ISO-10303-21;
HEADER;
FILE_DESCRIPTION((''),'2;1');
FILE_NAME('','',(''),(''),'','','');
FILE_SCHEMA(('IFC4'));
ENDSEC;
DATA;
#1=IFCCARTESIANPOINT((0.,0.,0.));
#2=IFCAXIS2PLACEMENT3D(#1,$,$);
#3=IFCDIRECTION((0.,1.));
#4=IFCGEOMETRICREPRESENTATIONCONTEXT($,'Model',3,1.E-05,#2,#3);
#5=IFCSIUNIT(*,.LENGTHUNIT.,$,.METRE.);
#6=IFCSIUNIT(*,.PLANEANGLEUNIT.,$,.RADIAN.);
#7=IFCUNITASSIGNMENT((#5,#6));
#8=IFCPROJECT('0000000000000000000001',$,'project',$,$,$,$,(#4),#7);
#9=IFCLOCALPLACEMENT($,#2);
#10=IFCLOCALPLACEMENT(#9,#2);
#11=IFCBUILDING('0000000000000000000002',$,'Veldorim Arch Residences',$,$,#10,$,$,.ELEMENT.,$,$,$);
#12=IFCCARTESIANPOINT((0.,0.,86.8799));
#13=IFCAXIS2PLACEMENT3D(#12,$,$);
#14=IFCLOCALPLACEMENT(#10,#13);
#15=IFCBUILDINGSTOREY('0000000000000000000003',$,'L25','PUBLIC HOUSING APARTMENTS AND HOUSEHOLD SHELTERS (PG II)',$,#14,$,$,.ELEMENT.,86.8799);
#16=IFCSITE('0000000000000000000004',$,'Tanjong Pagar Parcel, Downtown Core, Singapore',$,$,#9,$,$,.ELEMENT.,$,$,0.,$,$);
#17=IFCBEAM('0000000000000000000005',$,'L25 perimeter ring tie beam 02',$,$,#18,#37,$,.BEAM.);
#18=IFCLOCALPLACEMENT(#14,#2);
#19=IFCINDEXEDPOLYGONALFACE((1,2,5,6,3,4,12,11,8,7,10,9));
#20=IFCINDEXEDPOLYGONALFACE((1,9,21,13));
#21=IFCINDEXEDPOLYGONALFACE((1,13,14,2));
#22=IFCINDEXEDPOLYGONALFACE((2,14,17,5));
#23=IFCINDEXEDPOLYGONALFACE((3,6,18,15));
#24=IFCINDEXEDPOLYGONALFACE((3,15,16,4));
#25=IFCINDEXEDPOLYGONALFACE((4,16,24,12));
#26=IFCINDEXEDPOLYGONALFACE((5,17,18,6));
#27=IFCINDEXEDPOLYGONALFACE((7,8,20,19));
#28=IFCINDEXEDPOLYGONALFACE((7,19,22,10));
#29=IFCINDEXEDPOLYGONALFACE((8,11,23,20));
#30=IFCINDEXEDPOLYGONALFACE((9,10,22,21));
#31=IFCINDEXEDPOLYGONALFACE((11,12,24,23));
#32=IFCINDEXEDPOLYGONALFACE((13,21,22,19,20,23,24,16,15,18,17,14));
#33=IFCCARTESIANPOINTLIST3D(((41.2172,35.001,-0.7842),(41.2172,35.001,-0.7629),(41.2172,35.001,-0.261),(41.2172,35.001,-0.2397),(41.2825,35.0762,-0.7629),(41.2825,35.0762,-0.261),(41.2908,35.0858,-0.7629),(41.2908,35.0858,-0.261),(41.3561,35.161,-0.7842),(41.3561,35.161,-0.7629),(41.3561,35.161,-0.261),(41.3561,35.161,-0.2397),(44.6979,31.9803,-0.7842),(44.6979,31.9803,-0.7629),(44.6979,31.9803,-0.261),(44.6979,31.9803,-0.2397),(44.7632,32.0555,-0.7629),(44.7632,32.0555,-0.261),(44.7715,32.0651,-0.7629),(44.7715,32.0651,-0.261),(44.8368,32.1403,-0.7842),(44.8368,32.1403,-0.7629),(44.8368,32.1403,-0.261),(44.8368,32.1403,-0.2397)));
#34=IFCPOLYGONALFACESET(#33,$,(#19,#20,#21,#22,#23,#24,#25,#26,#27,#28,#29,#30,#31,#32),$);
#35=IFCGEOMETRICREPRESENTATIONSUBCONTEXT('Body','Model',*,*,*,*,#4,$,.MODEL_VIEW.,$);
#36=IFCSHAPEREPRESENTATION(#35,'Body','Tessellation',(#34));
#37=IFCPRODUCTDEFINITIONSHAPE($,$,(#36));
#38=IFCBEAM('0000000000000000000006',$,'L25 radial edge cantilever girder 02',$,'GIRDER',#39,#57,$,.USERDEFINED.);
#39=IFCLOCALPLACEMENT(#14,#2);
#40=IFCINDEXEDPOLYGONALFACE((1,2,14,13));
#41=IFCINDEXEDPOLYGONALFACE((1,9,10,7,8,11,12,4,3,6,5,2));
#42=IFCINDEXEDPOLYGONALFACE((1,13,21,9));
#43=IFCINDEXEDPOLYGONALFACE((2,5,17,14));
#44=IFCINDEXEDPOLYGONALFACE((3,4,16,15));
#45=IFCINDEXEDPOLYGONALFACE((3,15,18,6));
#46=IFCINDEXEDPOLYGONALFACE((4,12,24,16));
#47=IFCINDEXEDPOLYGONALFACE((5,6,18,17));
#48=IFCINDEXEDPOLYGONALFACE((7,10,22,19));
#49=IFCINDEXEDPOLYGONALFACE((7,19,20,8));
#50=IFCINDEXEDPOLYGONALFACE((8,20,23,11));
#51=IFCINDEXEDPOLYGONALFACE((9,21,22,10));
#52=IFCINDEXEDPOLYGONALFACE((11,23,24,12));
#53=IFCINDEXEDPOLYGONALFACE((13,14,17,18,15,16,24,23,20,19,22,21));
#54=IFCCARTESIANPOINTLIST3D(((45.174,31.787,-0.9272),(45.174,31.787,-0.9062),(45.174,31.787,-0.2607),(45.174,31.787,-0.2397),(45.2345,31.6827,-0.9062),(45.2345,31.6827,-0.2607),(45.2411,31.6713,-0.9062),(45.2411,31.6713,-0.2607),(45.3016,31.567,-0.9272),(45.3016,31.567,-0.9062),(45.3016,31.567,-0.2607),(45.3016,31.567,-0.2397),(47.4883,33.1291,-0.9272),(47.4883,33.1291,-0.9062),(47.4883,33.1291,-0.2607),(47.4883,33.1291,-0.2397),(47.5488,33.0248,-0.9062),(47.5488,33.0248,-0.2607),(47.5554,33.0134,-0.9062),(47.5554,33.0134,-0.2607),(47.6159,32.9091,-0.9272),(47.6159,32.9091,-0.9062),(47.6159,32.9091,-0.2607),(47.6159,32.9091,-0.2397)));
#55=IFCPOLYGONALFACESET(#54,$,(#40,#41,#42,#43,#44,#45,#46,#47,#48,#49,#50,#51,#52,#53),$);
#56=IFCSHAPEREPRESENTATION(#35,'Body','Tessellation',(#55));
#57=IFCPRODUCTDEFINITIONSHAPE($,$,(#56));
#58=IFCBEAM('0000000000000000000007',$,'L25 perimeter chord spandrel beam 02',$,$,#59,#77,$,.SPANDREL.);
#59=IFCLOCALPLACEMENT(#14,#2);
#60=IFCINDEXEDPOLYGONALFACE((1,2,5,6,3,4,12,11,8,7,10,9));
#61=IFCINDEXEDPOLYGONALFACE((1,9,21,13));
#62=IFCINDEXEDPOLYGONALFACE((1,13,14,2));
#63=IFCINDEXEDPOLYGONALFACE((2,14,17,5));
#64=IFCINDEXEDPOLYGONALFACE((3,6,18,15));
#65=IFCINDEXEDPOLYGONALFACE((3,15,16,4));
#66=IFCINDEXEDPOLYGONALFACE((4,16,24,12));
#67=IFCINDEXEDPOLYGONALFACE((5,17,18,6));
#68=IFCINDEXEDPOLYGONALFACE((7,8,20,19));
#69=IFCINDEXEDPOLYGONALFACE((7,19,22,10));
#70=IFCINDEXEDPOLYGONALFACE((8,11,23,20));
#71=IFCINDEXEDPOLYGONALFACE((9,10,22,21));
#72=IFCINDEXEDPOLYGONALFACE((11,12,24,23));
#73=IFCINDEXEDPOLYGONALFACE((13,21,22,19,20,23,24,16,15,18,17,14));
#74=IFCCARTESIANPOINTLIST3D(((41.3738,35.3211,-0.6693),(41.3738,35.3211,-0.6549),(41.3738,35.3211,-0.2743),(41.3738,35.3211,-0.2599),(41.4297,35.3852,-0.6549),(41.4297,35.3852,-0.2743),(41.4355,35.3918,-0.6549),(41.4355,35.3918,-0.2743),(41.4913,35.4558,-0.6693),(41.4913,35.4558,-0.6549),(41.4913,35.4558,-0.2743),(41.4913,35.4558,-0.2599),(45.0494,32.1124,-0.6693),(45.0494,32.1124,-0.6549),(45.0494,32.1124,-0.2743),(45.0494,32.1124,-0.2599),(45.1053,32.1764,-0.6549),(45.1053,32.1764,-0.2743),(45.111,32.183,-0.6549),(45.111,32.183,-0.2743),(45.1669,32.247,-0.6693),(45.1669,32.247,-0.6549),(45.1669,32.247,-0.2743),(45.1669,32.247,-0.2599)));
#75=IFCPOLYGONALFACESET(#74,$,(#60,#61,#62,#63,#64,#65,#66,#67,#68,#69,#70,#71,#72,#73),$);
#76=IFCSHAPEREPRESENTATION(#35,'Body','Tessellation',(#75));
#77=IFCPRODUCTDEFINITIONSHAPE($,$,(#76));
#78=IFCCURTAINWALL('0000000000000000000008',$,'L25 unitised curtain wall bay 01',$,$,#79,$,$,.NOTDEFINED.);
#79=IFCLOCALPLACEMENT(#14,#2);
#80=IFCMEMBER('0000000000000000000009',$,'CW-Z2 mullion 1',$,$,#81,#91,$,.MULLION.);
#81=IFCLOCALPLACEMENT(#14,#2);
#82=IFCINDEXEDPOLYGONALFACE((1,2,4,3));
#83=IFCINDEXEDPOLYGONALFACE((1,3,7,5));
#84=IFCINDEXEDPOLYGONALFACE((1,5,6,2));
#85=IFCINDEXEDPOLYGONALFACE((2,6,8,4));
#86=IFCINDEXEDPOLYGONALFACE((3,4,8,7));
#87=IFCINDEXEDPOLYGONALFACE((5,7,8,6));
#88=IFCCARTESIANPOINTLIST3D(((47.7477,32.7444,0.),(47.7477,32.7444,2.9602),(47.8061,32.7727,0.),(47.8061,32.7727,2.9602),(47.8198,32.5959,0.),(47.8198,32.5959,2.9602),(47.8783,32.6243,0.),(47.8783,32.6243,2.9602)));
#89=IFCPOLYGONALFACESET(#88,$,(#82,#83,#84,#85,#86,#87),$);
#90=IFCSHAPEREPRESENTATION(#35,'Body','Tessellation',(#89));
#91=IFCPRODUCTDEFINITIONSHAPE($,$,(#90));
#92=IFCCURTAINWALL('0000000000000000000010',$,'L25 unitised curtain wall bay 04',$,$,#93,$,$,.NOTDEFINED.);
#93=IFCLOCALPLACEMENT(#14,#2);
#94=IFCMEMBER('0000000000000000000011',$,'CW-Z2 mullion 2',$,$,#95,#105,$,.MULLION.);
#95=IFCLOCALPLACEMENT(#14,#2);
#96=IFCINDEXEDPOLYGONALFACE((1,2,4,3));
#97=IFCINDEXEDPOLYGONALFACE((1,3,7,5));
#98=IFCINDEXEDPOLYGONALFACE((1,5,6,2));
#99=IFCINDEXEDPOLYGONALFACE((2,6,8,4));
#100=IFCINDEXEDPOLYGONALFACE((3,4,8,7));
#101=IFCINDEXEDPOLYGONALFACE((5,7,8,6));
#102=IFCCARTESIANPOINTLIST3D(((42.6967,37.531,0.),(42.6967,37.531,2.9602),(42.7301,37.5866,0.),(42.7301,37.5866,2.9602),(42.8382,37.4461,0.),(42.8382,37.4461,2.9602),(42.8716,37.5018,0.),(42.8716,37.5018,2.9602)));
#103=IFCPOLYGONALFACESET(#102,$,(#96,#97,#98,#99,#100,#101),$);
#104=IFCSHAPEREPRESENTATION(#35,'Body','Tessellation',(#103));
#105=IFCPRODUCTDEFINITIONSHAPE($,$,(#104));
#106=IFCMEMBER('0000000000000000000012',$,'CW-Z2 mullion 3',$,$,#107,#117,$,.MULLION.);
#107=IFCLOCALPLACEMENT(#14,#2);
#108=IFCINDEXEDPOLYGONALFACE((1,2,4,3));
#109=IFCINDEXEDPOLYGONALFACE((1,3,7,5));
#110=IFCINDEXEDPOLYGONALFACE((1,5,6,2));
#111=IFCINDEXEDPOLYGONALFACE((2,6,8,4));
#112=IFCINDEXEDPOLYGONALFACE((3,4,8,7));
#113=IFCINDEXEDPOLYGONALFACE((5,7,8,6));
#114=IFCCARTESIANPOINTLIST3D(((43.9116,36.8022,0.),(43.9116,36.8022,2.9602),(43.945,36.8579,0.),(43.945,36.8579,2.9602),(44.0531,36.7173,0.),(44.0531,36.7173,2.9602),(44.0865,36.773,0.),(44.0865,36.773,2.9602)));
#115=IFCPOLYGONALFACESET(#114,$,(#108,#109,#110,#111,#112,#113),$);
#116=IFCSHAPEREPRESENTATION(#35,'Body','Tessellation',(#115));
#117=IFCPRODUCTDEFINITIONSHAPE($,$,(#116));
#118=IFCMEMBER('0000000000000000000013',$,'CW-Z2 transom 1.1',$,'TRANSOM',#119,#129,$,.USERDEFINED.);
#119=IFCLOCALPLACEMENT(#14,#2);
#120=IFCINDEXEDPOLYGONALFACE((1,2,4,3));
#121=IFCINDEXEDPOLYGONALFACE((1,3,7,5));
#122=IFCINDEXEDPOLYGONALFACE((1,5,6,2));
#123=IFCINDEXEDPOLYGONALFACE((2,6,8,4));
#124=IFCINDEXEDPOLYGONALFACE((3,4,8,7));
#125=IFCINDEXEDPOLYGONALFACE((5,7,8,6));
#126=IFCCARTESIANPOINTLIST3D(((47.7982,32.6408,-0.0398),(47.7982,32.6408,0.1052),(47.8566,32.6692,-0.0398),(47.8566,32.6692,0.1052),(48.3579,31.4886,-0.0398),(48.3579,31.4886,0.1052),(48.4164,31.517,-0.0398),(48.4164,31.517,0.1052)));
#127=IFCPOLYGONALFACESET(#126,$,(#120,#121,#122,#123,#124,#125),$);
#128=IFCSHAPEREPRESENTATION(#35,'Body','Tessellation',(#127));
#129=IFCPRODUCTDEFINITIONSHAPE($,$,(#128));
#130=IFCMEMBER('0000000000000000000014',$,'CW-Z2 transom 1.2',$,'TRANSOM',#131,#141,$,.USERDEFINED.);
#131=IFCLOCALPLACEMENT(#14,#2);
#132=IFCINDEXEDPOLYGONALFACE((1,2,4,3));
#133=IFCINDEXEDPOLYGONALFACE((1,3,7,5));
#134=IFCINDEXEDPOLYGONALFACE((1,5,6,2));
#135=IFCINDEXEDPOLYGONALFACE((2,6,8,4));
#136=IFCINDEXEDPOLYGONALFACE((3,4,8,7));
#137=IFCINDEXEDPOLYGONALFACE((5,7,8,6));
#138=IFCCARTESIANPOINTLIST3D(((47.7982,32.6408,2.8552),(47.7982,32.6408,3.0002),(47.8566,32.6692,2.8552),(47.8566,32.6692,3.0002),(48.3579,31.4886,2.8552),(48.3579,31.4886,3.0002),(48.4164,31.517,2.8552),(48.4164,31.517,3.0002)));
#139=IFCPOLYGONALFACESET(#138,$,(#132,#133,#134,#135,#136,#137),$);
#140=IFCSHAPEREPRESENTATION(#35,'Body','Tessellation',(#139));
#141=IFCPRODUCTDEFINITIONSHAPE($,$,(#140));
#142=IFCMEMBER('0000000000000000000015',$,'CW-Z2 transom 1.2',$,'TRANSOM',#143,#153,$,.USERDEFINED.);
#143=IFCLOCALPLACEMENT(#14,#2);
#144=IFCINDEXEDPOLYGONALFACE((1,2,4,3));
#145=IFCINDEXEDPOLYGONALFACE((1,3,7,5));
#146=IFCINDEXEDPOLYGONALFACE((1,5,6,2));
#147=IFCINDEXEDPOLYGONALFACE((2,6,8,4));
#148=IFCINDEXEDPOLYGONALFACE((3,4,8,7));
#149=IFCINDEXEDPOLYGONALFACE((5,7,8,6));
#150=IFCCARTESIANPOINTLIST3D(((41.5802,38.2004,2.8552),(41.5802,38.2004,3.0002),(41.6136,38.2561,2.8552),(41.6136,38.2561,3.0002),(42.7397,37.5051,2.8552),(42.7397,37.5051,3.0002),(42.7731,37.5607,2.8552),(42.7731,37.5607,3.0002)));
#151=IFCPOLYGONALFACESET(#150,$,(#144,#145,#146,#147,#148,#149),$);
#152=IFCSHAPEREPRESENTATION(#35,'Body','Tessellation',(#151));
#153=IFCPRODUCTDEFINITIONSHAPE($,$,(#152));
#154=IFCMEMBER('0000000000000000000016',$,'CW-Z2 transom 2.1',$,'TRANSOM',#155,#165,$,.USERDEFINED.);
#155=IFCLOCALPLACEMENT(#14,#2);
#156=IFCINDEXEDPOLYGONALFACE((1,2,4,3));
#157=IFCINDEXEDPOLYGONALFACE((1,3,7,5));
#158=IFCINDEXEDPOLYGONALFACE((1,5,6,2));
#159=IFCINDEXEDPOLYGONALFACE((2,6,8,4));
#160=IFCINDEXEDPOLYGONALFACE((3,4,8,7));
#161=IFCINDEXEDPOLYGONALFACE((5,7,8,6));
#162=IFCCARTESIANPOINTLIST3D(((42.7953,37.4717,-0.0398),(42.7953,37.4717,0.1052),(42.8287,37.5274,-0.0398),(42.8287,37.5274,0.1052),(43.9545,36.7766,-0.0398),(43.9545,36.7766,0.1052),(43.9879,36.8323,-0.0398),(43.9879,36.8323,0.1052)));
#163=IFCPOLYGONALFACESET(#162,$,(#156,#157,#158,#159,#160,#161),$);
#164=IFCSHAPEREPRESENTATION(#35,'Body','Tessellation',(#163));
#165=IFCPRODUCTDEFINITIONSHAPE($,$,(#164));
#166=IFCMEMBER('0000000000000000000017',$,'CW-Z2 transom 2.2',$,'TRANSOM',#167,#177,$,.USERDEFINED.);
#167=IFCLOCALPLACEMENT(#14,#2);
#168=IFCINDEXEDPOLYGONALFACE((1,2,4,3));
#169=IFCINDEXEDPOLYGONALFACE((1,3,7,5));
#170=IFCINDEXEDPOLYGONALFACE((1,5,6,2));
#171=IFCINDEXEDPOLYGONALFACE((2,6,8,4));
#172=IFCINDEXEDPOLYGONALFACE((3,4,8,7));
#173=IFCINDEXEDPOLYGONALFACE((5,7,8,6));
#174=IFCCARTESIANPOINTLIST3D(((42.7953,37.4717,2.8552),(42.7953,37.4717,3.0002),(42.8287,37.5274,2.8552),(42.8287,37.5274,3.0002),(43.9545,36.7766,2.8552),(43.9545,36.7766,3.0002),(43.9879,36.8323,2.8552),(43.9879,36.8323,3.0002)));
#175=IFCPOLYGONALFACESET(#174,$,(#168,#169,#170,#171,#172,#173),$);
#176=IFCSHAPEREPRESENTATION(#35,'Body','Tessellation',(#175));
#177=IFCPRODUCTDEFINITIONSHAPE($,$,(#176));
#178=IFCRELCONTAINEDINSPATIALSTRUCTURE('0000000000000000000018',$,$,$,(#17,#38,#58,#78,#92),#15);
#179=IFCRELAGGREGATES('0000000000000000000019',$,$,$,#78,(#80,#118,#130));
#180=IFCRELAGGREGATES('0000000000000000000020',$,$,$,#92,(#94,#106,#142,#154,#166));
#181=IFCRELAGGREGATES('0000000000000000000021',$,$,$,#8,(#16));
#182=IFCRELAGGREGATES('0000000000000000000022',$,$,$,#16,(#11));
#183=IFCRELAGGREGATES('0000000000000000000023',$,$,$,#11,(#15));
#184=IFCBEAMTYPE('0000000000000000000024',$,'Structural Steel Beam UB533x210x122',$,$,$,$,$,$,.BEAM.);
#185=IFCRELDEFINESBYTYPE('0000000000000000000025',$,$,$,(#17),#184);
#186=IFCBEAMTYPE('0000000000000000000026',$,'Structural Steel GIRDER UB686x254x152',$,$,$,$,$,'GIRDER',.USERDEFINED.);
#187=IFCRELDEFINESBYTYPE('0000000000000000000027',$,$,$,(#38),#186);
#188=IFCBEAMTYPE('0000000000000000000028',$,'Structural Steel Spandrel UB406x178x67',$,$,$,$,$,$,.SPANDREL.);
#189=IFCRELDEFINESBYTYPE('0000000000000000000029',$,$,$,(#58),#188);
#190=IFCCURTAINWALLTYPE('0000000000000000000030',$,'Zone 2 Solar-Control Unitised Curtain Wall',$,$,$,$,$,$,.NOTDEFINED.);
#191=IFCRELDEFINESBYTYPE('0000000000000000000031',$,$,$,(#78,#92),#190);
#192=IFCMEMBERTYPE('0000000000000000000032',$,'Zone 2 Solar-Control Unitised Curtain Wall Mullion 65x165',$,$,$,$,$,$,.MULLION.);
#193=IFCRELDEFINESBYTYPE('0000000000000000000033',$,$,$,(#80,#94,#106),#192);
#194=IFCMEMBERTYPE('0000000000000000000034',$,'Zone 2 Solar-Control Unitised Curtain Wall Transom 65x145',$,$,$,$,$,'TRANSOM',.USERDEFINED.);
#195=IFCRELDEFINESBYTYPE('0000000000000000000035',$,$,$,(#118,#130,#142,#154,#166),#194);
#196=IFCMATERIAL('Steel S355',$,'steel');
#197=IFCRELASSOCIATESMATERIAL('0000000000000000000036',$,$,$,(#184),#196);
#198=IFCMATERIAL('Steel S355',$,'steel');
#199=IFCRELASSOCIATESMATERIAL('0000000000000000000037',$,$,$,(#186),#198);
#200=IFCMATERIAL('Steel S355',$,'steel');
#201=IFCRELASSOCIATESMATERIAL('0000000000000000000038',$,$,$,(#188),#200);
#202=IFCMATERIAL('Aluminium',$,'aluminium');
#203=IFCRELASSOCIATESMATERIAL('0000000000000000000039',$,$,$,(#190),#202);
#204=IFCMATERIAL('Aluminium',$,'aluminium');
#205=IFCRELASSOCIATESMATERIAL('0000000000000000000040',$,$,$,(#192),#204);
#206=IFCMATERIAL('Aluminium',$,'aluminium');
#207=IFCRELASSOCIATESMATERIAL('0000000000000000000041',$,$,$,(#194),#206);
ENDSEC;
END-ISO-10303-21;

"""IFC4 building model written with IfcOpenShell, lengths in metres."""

from ifc_helpers import new_model, si_unit, direction, frame, origin, origin_2d, place, context, subcontext, project, spatial, rectangle, i_section, extrude, material, material_profile, profile_set, type_object, element, aggregate, save


model = new_model("IFC4")

# Units and contexts
model_context = context("Model", 3, precision=1e-05, world=origin(), true_north=direction((0.0, 1.0)))
body_context = subcontext(model_context, "Body", "Model", "MODEL_VIEW")
ifc_project = project(units=[si_unit("LENGTHUNIT", "METRE"), si_unit("PLANEANGLEUNIT", "RADIAN")], contexts=[model_context])

# Site, building, storey
site_placement = place(None, origin())
site = spatial("IfcSite", under=ifc_project, at=site_placement, Name="Tanjong Pagar Parcel, Downtown Core, Singapore", CompositionType="ELEMENT", RefElevation=0.0)
building_placement = place(site_placement, origin())
building = spatial("IfcBuilding", under=site, at=building_placement, Name="Veldorim Arch Residences", CompositionType="ELEMENT")
storey_placement = place(building_placement, frame((0.0, 0.0, 86.8799)))
storey = spatial("IfcBuildingStorey", under=building, at=storey_placement, Name="L25", Description="PUBLIC HOUSING APARTMENTS AND HOUSEHOLD SHELTERS (PG II)", CompositionType="ELEMENT", Elevation=86.8799)

# Beams
ifc_material_1 = material(Name="Steel S355", Category="steel")
ifc_material_profile_1 = material_profile(ifc_material_1, i_section(OverallWidth=0.2119, OverallDepth=0.5444, WebThickness=0.0127, FlangeThickness=0.0212, at=origin_2d()), Name="UB533x210x122")
ifc_profile_set_1 = profile_set([ifc_material_profile_1], Name="Steel S355")
beam_type_1 = type_object("IfcBeamType", Name="Structural Steel Beam UB533x210x122", PredefinedType="BEAM", material=ifc_profile_set_1)
beam_1_placement = place(storey_placement, frame((44.7673, 32.0603, -0.512), z_axis=(-0.755245, 0.655443, 0.0), x_axis=(-0.655443, -0.755245, 0.0)))
element("IfcBeam", 1, at=beam_1_placement, inside=storey, type_object=beam_type_1, Name="L25 perimeter ring tie beam 02", PredefinedType="BEAM", context=body_context, shape_type="SweptSolid", body=[
    extrude(i_section(OverallWidth=0.2119, OverallDepth=0.5444, WebThickness=0.0127, FlangeThickness=0.0212, at=origin_2d()), origin(), (0.0, 0.0, 1.0), 4.6086),
])
ifc_material_2 = material(Name="Steel S355", Category="steel")
ifc_material_profile_2 = material_profile(ifc_material_2, i_section(OverallWidth=0.2544, OverallDepth=0.6875, WebThickness=0.0132, FlangeThickness=0.021, at=origin_2d()), Name="UB686x254x152")
ifc_profile_set_2 = profile_set([ifc_material_profile_2], Name="Steel S355")
beam_type_2 = type_object("IfcBeamType", Name="Structural Steel GIRDER UB686x254x152", ElementType="GIRDER", PredefinedType="USERDEFINED", material=ifc_profile_set_2)
beam_2_placement = place(storey_placement, frame((45.2378, 31.677, -0.5835), z_axis=(0.865064, 0.501662, 0.0), x_axis=(-0.501662, 0.865064, 0.0)))
element("IfcBeam", 2, at=beam_2_placement, inside=storey, type_object=beam_type_2, Name="L25 radial edge cantilever girder 02", ObjectType="GIRDER", PredefinedType="USERDEFINED", context=body_context, shape_type="SweptSolid", body=[
    extrude(i_section(OverallWidth=0.2544, OverallDepth=0.6875, WebThickness=0.0132, FlangeThickness=0.021, at=origin_2d()), origin(), (0.0, 0.0, 1.0), 2.6753),
])
ifc_material_3 = material(Name="Steel S355", Category="steel")
ifc_material_profile_3 = material_profile(ifc_material_3, i_section(OverallWidth=0.1787, OverallDepth=0.4094, WebThickness=0.0088, FlangeThickness=0.0144, at=origin_2d()), Name="UB406x178x67")
ifc_profile_set_3 = profile_set([ifc_material_profile_3], Name="Steel S355")
beam_type_3 = type_object("IfcBeamType", Name="Structural Steel Spandrel UB406x178x67", PredefinedType="SPANDREL", material=ifc_profile_set_3)
beam_3_placement = place(storey_placement, frame((45.1082, 32.1797, -0.4646), z_axis=(-0.753323, 0.65765, 0.0), x_axis=(-0.65765, -0.753323, 0.0)))
element("IfcBeam", 3, at=beam_3_placement, inside=storey, type_object=beam_type_3, Name="L25 perimeter chord spandrel beam 02", PredefinedType="SPANDREL", context=body_context, shape_type="SweptSolid", body=[
    extrude(i_section(OverallWidth=0.1787, OverallDepth=0.4094, WebThickness=0.0088, FlangeThickness=0.0144, at=origin_2d()), origin(), (0.0, 0.0, 1.0), 4.8792),
])

# Curtain wall, member
ifc_material_4 = material(Name="Aluminium", Category="aluminium")
curtain_wall_type = type_object("IfcCurtainWallType", Name="Zone 2 Solar-Control Unitised Curtain Wall", PredefinedType="NOTDEFINED", material=ifc_material_4)
curtain_wall_1_placement = place(storey_placement, origin())
curtain_wall_1 = element("IfcCurtainWall", 4, at=curtain_wall_1_placement, inside=storey, type_object=curtain_wall_type, Name="L25 unitised curtain wall bay 01", PredefinedType="NOTDEFINED")
ifc_material_5 = material(Name="Aluminium", Category="aluminium")
ifc_material_profile_4 = material_profile(ifc_material_5, rectangle(XDim=0.0649, YDim=0.165, at=origin_2d()), Name="ALU_MUL_65x165")
ifc_profile_set_4 = profile_set([ifc_material_profile_4], Name="Aluminium")
member_type_1 = type_object("IfcMemberType", Name="Zone 2 Solar-Control Unitised Curtain Wall Mullion 65x165", PredefinedType="MULLION", material=ifc_profile_set_4)
member_1_placement = place(storey_placement, frame((47.813, 32.6843, 0.0), z_axis=(0.0, 0.0, 1.0), x_axis=(0.899439, 0.437046, 0.0)))
member_1 = element("IfcMember", 5, at=member_1_placement, type_object=member_type_1, Name="CW-Z2 mullion 1", PredefinedType="MULLION", context=body_context, shape_type="SweptSolid", body=[
    extrude(rectangle(XDim=0.0649, YDim=0.165, at=origin_2d()), origin(), (0.0, 0.0, 1.0), 2.9602),
])

# Curtain wall, members
curtain_wall_2_placement = place(storey_placement, origin())
curtain_wall_2 = element("IfcCurtainWall", 6, at=curtain_wall_2_placement, inside=storey, type_object=curtain_wall_type, Name="L25 unitised curtain wall bay 04", PredefinedType="NOTDEFINED")
member_2_placement = place(storey_placement, frame((42.7842, 37.5164, 0.0), z_axis=(0.0, 0.0, 1.0), x_axis=(0.514313, 0.857602, 0.0)))
member_2 = element("IfcMember", 7, at=member_2_placement, type_object=member_type_1, Name="CW-Z2 mullion 2", PredefinedType="MULLION", context=body_context, shape_type="SweptSolid", body=[
    extrude(rectangle(XDim=0.0649, YDim=0.165, at=origin_2d()), origin(), (0.0, 0.0, 1.0), 2.9602),
])
member_3_placement = place(storey_placement, frame((43.999, 36.7876, 0.0), z_axis=(0.0, 0.0, 1.0), x_axis=(0.514313, 0.857602, 0.0)))
member_3 = element("IfcMember", 8, at=member_3_placement, type_object=member_type_1, Name="CW-Z2 mullion 3", PredefinedType="MULLION", context=body_context, shape_type="SweptSolid", body=[
    extrude(rectangle(XDim=0.0649, YDim=0.165, at=origin_2d()), origin(), (0.0, 0.0, 1.0), 2.9602),
])

# Members
ifc_material_6 = material(Name="Aluminium", Category="aluminium")
ifc_material_profile_5 = material_profile(ifc_material_6, rectangle(XDim=0.0649, YDim=0.145, at=origin_2d()), Name="ALU_TRN_65x145")
ifc_profile_set_5 = profile_set([ifc_material_profile_5], Name="Aluminium")
member_type_2 = type_object("IfcMemberType", Name="Zone 2 Solar-Control Unitised Curtain Wall Transom 65x145", ElementType="TRANSOM", PredefinedType="USERDEFINED", material=ifc_profile_set_5)
member_4_placement = place(storey_placement, frame((47.8274, 32.655, 0.0327), z_axis=(0.43697, -0.899476, 0.0), x_axis=(0.899476, 0.43697, 0.0)))
member_4 = element("IfcMember", 9, at=member_4_placement, type_object=member_type_2, Name="CW-Z2 transom 1.1", ObjectType="TRANSOM", PredefinedType="USERDEFINED", context=body_context, shape_type="SweptSolid", body=[
    extrude(rectangle(XDim=0.0649, YDim=0.145, at=origin_2d()), origin(), (0.0, 0.0, 1.0), 1.281),
])
member_5_placement = place(storey_placement, frame((47.8274, 32.655, 2.9277), z_axis=(0.43697, -0.899476, 0.0), x_axis=(0.899476, 0.43697, 0.0)))
member_5 = element("IfcMember", 10, at=member_5_placement, type_object=member_type_2, Name="CW-Z2 transom 1.2", ObjectType="TRANSOM", PredefinedType="USERDEFINED", context=body_context, shape_type="SweptSolid", body=[
    extrude(rectangle(XDim=0.0649, YDim=0.145, at=origin_2d()), origin(), (0.0, 0.0, 1.0), 1.281),
])
member_6_placement = place(storey_placement, frame((41.5969, 38.2283, 2.9277), z_axis=(0.857604, -0.51431, 0.0), x_axis=(0.51431, 0.857604, 0.0)))
member_6 = element("IfcMember", 11, at=member_6_placement, type_object=member_type_2, Name="CW-Z2 transom 1.2", ObjectType="TRANSOM", PredefinedType="USERDEFINED", context=body_context, shape_type="SweptSolid", body=[
    extrude(rectangle(XDim=0.0649, YDim=0.145, at=origin_2d()), origin(), (0.0, 0.0, 1.0), 1.3521),
])
member_7_placement = place(storey_placement, frame((42.812, 37.4995, 0.0327), z_axis=(0.857636, -0.514257, 0.0), x_axis=(0.514257, 0.857636, 0.0)))
member_7 = element("IfcMember", 12, at=member_7_placement, type_object=member_type_2, Name="CW-Z2 transom 2.1", ObjectType="TRANSOM", PredefinedType="USERDEFINED", context=body_context, shape_type="SweptSolid", body=[
    extrude(rectangle(XDim=0.0649, YDim=0.145, at=origin_2d()), origin(), (0.0, 0.0, 1.0), 1.3516),
])
member_8_placement = place(storey_placement, frame((42.812, 37.4995, 2.9277), z_axis=(0.857636, -0.514257, 0.0), x_axis=(0.514257, 0.857636, 0.0)))
member_8 = element("IfcMember", 13, at=member_8_placement, type_object=member_type_2, Name="CW-Z2 transom 2.2", ObjectType="TRANSOM", PredefinedType="USERDEFINED", context=body_context, shape_type="SweptSolid", body=[
    extrude(rectangle(XDim=0.0649, YDim=0.145, at=origin_2d()), origin(), (0.0, 0.0, 1.0), 1.3516),
])

aggregate(curtain_wall_1, [member_1, member_4, member_5])
aggregate(curtain_wall_2, [member_2, member_3, member_6, member_7, member_8])

save(model, "model.ifc")
